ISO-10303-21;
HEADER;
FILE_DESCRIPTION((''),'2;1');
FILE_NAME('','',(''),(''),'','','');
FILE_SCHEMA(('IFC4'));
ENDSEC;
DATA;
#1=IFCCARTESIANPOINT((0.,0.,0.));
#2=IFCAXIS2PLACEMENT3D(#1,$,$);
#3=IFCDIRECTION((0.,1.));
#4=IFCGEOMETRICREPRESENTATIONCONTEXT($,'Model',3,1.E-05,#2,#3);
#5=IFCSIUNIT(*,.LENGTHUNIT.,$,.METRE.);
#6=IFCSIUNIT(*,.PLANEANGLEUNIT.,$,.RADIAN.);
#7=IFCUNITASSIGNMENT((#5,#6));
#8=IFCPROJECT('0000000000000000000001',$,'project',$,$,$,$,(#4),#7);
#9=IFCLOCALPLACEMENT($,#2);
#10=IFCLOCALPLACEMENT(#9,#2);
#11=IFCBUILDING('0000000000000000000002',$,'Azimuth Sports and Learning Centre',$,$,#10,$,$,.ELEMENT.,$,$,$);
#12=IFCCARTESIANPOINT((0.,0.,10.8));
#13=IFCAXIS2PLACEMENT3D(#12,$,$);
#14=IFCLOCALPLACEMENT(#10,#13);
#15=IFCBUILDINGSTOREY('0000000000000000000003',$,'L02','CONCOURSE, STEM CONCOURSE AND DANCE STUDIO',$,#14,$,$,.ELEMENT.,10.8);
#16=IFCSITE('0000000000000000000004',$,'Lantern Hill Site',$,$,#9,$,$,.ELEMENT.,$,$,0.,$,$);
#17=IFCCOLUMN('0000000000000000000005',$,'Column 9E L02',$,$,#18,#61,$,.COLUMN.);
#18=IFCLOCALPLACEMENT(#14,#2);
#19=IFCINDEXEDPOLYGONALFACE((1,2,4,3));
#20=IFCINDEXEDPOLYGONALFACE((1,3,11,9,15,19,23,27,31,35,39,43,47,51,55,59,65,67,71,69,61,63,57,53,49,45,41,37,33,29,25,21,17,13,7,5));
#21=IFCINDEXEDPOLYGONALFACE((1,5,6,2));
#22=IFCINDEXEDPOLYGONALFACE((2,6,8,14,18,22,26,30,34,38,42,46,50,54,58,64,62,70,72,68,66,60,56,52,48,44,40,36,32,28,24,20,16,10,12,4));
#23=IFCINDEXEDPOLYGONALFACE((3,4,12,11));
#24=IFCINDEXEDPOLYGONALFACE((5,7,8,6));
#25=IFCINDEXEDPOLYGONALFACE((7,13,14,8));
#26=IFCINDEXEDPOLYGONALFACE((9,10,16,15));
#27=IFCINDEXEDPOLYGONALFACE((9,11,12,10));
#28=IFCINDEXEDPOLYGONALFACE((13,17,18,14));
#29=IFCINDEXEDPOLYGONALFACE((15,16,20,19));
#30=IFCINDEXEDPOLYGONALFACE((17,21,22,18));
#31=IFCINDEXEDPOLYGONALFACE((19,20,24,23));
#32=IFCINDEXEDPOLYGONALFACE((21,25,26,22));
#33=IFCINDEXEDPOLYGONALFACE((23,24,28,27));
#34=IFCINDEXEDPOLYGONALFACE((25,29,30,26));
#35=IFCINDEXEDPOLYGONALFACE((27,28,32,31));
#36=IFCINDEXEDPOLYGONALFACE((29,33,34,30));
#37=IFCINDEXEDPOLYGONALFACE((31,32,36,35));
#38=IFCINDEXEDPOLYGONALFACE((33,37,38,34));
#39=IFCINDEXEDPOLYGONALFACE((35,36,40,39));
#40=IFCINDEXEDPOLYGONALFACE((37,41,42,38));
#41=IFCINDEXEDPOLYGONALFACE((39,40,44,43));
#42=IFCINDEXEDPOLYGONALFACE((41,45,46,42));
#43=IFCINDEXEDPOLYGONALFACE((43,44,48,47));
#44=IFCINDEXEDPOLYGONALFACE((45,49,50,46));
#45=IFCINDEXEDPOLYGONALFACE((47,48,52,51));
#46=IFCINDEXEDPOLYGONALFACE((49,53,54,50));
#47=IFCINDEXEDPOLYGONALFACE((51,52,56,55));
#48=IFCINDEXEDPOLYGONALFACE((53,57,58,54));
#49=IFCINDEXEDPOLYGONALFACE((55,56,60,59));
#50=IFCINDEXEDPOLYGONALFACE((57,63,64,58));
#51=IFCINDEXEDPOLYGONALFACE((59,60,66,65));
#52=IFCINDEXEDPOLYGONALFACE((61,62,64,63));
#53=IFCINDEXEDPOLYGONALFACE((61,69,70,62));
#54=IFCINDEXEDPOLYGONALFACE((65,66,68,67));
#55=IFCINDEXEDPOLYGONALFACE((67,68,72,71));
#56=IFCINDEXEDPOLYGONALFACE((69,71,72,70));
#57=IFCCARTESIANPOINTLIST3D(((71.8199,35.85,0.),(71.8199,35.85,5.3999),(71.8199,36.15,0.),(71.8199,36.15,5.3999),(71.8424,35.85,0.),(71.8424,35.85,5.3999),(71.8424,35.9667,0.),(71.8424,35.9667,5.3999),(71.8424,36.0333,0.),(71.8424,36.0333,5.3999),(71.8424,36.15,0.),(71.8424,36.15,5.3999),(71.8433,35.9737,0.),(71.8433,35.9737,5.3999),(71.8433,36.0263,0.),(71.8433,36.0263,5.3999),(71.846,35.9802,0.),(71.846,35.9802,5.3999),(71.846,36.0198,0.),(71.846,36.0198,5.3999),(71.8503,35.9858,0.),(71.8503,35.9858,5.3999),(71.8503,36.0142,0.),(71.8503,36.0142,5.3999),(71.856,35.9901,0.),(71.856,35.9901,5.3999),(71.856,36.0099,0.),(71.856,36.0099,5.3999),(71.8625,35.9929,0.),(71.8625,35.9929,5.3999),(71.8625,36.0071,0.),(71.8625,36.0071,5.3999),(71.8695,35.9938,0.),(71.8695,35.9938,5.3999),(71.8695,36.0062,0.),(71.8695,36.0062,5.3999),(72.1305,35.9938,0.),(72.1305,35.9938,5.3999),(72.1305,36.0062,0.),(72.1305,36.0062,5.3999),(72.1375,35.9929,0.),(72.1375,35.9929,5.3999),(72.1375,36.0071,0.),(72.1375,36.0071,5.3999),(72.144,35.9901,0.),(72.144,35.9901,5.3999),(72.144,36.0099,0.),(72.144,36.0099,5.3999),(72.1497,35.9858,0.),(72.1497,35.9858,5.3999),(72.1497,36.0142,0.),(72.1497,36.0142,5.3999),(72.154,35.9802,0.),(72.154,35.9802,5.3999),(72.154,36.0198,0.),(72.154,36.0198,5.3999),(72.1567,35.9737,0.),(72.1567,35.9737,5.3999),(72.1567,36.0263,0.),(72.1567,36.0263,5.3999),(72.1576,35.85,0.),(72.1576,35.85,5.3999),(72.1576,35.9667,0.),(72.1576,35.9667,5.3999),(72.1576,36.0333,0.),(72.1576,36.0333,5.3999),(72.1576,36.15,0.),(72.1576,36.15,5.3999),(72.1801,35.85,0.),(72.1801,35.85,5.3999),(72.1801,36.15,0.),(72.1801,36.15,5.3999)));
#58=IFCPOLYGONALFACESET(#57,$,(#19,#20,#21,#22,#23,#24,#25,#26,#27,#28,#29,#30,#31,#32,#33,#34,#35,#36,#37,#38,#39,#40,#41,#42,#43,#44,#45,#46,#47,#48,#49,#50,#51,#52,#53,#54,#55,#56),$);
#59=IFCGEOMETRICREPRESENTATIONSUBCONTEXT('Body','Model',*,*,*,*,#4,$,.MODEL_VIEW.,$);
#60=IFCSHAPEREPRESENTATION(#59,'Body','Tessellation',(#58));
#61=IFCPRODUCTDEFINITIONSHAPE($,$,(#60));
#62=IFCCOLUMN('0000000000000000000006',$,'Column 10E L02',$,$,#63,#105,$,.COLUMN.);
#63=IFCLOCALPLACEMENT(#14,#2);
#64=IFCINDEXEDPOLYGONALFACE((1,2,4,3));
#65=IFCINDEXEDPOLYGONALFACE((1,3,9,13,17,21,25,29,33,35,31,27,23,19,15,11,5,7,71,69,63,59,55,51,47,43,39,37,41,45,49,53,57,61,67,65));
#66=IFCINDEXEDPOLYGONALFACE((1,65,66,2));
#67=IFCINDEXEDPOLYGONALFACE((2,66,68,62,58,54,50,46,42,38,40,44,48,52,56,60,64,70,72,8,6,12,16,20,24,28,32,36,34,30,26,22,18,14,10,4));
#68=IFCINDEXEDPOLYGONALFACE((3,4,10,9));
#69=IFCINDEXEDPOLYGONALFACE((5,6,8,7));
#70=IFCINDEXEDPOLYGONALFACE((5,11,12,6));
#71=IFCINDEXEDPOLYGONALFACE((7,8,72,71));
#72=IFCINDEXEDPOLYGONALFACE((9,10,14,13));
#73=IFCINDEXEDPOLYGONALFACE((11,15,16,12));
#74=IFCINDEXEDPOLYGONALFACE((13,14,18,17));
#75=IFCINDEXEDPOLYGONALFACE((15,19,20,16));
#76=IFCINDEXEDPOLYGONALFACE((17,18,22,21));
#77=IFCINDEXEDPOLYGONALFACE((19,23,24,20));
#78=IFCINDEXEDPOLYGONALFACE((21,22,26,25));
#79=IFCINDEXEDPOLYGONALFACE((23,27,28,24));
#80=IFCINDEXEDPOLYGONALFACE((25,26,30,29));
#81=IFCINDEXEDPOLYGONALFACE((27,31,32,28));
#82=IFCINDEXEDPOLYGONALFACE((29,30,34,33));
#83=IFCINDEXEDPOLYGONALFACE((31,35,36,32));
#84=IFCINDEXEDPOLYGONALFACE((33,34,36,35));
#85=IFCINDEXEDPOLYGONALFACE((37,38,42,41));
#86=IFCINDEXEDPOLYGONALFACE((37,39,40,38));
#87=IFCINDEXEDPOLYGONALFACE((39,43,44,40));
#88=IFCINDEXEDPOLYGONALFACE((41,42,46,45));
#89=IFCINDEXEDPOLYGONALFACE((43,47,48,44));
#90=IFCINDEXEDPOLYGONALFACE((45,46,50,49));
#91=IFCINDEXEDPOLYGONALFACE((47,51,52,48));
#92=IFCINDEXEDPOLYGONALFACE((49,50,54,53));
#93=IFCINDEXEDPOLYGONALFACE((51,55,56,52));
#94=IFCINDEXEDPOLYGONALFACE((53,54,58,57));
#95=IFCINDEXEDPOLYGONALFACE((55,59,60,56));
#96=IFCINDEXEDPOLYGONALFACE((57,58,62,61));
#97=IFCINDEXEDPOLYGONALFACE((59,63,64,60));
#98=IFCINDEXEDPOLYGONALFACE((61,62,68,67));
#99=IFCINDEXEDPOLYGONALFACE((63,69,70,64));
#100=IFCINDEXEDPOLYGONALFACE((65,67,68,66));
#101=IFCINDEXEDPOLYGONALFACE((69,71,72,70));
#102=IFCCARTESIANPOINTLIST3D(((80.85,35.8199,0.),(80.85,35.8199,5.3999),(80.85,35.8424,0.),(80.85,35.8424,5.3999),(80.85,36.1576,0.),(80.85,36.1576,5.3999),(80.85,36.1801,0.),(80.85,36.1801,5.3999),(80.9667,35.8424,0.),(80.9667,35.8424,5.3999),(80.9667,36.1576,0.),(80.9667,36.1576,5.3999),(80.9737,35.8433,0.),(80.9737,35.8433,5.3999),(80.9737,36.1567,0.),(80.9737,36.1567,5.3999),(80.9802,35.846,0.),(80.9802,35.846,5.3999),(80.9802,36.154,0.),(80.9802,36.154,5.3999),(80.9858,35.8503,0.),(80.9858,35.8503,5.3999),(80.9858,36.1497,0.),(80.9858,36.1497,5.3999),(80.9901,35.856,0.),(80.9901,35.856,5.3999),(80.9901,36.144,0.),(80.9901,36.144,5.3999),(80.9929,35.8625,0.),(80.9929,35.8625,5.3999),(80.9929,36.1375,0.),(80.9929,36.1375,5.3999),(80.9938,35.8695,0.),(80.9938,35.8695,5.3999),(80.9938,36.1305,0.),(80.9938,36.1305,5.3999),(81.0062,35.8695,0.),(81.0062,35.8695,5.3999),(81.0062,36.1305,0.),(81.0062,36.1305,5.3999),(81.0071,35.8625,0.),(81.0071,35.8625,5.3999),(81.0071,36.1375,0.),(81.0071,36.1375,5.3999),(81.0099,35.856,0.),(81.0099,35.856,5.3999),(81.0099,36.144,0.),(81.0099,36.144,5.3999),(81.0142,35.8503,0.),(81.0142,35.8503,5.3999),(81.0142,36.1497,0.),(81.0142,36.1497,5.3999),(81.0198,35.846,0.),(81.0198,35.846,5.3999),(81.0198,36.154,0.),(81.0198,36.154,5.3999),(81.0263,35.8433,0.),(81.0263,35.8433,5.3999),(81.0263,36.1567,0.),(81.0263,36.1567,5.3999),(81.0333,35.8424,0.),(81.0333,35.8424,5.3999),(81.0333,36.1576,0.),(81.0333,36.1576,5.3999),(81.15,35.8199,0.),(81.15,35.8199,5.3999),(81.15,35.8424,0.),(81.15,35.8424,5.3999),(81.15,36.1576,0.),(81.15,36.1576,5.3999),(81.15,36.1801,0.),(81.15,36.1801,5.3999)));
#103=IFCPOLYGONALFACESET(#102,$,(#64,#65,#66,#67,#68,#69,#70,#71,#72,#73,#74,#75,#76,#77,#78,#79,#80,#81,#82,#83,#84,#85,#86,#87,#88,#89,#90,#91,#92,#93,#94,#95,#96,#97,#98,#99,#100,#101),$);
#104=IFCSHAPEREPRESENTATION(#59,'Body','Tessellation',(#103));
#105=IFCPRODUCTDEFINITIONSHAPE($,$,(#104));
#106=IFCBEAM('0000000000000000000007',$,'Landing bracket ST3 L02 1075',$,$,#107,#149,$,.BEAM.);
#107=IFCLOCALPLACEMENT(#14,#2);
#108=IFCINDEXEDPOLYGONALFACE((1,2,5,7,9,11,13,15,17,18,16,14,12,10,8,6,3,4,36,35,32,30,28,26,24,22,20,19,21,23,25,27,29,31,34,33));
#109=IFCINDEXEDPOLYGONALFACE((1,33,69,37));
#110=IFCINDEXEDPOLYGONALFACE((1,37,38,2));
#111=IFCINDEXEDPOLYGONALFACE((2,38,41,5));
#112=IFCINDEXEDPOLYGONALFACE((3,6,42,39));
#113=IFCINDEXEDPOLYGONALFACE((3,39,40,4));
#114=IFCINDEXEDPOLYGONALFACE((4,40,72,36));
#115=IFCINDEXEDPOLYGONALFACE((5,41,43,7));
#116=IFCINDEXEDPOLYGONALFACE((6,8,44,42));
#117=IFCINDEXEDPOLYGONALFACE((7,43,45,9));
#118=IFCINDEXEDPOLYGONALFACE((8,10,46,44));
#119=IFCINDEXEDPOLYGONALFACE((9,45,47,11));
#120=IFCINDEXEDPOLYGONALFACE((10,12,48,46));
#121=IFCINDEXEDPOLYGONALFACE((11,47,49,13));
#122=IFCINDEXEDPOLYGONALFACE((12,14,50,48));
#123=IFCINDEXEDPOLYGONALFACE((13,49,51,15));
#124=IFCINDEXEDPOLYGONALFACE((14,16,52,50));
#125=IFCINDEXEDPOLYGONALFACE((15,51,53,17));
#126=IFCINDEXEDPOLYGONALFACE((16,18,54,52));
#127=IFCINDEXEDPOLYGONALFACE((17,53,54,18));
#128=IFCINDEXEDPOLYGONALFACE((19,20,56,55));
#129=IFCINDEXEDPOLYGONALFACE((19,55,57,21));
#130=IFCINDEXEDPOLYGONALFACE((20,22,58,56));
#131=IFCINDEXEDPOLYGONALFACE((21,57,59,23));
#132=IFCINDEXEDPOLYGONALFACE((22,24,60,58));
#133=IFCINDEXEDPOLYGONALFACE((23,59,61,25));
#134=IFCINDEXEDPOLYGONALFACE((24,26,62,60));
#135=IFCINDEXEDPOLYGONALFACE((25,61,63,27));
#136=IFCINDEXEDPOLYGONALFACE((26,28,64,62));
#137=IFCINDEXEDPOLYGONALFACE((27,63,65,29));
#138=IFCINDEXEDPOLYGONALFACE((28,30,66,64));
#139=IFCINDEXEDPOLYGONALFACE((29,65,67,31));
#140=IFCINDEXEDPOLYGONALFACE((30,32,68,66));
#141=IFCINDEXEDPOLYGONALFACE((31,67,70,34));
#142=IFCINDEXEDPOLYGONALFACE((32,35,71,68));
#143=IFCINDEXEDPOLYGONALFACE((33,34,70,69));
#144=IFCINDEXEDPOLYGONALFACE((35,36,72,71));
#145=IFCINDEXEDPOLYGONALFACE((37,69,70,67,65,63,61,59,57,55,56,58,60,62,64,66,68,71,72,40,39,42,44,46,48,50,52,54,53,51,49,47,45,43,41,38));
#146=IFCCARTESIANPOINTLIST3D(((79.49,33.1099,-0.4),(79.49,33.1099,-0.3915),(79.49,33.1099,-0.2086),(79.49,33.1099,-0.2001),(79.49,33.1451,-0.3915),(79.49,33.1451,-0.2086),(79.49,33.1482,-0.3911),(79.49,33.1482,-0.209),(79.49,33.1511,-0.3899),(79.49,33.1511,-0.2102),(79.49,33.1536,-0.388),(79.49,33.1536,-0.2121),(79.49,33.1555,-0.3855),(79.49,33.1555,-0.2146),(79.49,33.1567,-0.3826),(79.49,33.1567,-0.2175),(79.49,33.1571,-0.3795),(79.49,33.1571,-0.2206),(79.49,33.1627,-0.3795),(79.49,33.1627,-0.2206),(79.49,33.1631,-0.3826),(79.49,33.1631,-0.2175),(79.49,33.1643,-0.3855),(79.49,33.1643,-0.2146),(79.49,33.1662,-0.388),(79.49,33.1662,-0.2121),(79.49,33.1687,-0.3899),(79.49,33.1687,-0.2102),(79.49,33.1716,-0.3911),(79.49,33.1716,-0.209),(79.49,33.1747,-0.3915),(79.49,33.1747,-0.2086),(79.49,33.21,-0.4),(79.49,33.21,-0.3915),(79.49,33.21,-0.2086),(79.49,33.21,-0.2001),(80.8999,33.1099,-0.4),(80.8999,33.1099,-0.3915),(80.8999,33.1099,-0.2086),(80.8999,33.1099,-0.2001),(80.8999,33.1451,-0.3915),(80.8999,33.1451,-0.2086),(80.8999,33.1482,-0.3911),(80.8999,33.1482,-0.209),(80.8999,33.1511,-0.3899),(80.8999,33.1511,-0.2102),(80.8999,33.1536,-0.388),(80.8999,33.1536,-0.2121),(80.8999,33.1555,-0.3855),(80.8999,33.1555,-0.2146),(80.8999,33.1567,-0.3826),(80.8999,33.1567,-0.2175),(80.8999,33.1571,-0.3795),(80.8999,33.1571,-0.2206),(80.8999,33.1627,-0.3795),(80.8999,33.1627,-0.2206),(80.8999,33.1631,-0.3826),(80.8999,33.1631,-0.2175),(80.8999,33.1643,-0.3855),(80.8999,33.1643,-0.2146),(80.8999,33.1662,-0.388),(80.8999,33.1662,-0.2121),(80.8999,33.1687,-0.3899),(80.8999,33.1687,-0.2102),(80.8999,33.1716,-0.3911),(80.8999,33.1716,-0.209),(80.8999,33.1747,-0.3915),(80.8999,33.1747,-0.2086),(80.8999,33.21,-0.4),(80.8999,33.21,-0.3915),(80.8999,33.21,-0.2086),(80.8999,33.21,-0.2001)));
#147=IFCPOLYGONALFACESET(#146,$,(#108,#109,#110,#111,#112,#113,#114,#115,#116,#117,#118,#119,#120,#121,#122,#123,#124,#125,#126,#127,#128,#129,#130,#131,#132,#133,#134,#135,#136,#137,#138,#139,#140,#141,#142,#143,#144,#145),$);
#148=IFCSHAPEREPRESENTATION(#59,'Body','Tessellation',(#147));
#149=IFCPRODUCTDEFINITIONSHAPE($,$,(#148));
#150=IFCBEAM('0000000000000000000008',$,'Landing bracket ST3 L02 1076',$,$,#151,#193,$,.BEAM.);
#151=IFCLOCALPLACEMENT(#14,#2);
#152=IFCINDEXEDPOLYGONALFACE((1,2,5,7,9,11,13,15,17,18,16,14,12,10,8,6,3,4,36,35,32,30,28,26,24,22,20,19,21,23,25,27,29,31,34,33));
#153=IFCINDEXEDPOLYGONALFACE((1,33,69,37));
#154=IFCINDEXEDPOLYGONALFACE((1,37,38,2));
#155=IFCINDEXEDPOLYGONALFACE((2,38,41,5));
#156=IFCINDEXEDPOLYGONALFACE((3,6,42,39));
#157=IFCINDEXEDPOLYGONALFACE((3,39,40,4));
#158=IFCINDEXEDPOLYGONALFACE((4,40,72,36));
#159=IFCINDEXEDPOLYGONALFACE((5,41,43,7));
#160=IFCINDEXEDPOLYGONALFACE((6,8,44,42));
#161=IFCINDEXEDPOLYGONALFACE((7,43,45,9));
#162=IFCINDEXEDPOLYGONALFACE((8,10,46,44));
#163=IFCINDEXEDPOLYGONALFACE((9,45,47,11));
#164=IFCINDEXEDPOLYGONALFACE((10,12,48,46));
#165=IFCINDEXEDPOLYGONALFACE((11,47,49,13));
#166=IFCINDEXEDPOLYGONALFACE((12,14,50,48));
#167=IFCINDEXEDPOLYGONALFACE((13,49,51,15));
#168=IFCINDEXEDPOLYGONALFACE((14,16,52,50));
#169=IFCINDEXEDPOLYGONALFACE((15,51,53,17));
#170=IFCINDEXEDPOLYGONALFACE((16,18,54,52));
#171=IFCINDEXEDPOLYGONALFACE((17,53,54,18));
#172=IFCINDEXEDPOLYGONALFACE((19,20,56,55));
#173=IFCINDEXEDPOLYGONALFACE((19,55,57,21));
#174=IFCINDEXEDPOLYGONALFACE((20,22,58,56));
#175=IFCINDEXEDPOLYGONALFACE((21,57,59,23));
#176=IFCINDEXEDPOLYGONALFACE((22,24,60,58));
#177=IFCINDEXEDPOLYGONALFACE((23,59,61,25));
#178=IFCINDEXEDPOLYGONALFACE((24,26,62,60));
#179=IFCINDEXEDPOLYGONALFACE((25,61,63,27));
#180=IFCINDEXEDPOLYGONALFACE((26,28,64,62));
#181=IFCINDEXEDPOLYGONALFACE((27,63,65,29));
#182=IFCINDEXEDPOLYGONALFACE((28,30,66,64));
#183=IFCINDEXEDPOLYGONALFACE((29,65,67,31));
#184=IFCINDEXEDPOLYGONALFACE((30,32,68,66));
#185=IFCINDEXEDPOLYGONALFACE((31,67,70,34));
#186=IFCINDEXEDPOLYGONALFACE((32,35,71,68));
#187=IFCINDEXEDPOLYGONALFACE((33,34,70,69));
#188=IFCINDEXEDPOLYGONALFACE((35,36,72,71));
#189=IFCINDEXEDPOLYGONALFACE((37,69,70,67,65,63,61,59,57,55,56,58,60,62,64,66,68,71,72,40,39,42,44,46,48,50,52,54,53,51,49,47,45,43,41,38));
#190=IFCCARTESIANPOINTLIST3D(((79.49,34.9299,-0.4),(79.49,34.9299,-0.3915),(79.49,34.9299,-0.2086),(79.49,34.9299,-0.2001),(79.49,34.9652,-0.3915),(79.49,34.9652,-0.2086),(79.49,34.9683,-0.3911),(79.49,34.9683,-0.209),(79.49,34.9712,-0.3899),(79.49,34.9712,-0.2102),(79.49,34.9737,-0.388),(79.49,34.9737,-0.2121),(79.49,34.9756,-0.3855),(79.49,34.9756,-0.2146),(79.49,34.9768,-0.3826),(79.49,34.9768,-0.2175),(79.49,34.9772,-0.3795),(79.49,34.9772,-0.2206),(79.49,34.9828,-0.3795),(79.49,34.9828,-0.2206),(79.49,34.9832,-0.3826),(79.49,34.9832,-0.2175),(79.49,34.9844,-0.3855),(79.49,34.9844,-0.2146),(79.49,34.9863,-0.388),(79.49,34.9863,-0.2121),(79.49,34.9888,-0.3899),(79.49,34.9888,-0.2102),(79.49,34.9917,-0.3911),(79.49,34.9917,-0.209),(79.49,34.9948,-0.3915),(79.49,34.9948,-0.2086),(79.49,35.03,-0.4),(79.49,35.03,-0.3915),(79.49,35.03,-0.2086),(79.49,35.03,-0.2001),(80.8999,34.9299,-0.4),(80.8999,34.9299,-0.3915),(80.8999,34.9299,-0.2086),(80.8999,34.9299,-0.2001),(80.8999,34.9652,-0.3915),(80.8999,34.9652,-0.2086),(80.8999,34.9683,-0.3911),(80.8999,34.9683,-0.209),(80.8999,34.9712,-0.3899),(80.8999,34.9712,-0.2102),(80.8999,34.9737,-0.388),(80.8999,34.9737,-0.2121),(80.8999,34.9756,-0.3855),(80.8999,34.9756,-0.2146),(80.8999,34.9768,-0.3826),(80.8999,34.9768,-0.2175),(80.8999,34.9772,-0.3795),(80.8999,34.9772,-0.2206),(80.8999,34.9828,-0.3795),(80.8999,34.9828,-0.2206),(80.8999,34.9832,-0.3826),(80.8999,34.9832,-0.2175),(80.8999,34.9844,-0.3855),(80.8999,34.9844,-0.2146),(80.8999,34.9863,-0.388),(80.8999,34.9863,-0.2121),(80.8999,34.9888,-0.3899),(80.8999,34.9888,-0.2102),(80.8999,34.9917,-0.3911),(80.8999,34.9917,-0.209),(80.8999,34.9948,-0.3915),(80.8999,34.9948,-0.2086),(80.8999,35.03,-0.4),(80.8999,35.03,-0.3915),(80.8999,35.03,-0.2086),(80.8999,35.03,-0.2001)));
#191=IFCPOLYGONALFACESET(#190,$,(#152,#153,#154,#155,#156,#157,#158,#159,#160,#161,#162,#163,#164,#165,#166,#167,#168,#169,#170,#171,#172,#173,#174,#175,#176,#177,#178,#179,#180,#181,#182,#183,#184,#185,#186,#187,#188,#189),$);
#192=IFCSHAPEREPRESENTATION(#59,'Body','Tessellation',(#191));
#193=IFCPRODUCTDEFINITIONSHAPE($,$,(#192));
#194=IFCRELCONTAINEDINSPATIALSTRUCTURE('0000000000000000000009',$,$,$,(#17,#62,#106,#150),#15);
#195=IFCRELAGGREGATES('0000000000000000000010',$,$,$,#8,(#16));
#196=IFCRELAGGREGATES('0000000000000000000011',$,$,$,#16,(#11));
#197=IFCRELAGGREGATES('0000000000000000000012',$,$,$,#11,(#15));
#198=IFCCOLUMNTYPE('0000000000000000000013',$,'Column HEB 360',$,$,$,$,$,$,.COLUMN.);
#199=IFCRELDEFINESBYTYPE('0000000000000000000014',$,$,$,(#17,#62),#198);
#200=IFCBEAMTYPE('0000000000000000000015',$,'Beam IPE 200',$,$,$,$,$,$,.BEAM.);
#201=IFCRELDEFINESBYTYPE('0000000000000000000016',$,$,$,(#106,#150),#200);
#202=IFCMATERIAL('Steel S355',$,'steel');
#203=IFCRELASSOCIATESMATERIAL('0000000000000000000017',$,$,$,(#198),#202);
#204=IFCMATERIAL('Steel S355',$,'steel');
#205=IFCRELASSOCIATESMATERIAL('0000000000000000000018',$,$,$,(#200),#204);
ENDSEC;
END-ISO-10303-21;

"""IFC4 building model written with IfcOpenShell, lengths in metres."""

from ifc_helpers import new_model, si_unit, direction, frame, origin, origin_2d, place, context, subcontext, project, spatial, i_section, extrude, material, material_profile, profile_set, type_object, element, save


model = new_model("IFC4")

# Units and contexts
model_context = context("Model", 3, precision=1e-05, world=origin(), true_north=direction((0.0, 1.0)))
body_context = subcontext(model_context, "Body", "Model", "MODEL_VIEW")
ifc_project = project(units=[si_unit("LENGTHUNIT", "METRE"), si_unit("PLANEANGLEUNIT", "RADIAN")], contexts=[model_context])

# Site, building, storey
site_placement = place(None, origin())
site = spatial("IfcSite", under=ifc_project, at=site_placement, Name="Lantern Hill Site", CompositionType="ELEMENT", RefElevation=0.0)
building_placement = place(site_placement, origin())
building = spatial("IfcBuilding", under=site, at=building_placement, Name="Azimuth Sports and Learning Centre", CompositionType="ELEMENT")
storey_placement = place(building_placement, frame((0.0, 0.0, 10.8)))
storey = spatial("IfcBuildingStorey", under=building, at=storey_placement, Name="L02", Description="CONCOURSE, STEM CONCOURSE AND DANCE STUDIO", CompositionType="ELEMENT", Elevation=10.8)

# Columns
ifc_material_1 = material(Name="Steel S355", Category="steel")
ifc_material_profile_1 = material_profile(ifc_material_1, i_section(OverallWidth=0.3, OverallDepth=0.3601, WebThickness=0.0125, FlangeThickness=0.0225, FilletRadius=0.0271, at=origin_2d()), Name="HEB 360")
ifc_profile_set_1 = profile_set([ifc_material_profile_1], Name="Steel S355")
column_type = type_object("IfcColumnType", Name="Column HEB 360", PredefinedType="COLUMN", material=ifc_profile_set_1)
for number, where, z_axis, x_axis, name in (
    (1, (72.0, 36.0, 0.0), (0.0, 0.0, 1.0), (0.0, 1.0, 0.0), "Column 9E L02"),
    (2, (81.0, 36.0, 0.0), (0.0, 0.0, 1.0), (1.0, 0.0, 0.0), "Column 10E L02"),
):
    element("IfcColumn", number, at=place(storey_placement, frame(where, z_axis=z_axis, x_axis=x_axis)), inside=storey, type_object=column_type, Name=name, PredefinedType="COLUMN", context=body_context, shape_type="SweptSolid", body=[
        extrude(i_section(OverallWidth=0.3, OverallDepth=0.3601, WebThickness=0.0125, FlangeThickness=0.0225, FilletRadius=0.0271, at=origin_2d()), origin(), (0.0, 0.0, 1.0), 5.3999),
    ])

# Beams
ifc_material_2 = material(Name="Steel S355", Category="steel")
ifc_material_profile_2 = material_profile(ifc_material_2, i_section(OverallWidth=0.1001, OverallDepth=0.2, WebThickness=0.0056, FlangeThickness=0.0085, FilletRadius=0.012, at=origin_2d()), Name="IPE 200")
ifc_profile_set_2 = profile_set([ifc_material_profile_2], Name="Steel S355")
beam_type_1 = type_object("IfcBeamType", Name="Beam IPE 200", PredefinedType="BEAM", material=ifc_profile_set_2)
for number, where, z_axis, x_axis, name in (
    (3, (80.8999, 33.1599, -0.3), (-1.0, 0.0, 0.0), (0.0, -1.0, 0.0), "Landing bracket ST3 L02 1075"),
    (4, (80.8999, 34.98, -0.3), (-1.0, 0.0, 0.0), (0.0, -1.0, 0.0), "Landing bracket ST3 L02 1076"),
):
    element("IfcBeam", number, at=place(storey_placement, frame(where, z_axis=z_axis, x_axis=x_axis)), inside=storey, type_object=beam_type_1, Name=name, PredefinedType="BEAM", context=body_context, shape_type="SweptSolid", body=[
        extrude(i_section(OverallWidth=0.1001, OverallDepth=0.2, WebThickness=0.0056, FlangeThickness=0.0085, FilletRadius=0.012, at=origin_2d()), origin(), (0.0, 0.0, 1.0), 1.4099),
    ])

save(model, "model.ifc")
